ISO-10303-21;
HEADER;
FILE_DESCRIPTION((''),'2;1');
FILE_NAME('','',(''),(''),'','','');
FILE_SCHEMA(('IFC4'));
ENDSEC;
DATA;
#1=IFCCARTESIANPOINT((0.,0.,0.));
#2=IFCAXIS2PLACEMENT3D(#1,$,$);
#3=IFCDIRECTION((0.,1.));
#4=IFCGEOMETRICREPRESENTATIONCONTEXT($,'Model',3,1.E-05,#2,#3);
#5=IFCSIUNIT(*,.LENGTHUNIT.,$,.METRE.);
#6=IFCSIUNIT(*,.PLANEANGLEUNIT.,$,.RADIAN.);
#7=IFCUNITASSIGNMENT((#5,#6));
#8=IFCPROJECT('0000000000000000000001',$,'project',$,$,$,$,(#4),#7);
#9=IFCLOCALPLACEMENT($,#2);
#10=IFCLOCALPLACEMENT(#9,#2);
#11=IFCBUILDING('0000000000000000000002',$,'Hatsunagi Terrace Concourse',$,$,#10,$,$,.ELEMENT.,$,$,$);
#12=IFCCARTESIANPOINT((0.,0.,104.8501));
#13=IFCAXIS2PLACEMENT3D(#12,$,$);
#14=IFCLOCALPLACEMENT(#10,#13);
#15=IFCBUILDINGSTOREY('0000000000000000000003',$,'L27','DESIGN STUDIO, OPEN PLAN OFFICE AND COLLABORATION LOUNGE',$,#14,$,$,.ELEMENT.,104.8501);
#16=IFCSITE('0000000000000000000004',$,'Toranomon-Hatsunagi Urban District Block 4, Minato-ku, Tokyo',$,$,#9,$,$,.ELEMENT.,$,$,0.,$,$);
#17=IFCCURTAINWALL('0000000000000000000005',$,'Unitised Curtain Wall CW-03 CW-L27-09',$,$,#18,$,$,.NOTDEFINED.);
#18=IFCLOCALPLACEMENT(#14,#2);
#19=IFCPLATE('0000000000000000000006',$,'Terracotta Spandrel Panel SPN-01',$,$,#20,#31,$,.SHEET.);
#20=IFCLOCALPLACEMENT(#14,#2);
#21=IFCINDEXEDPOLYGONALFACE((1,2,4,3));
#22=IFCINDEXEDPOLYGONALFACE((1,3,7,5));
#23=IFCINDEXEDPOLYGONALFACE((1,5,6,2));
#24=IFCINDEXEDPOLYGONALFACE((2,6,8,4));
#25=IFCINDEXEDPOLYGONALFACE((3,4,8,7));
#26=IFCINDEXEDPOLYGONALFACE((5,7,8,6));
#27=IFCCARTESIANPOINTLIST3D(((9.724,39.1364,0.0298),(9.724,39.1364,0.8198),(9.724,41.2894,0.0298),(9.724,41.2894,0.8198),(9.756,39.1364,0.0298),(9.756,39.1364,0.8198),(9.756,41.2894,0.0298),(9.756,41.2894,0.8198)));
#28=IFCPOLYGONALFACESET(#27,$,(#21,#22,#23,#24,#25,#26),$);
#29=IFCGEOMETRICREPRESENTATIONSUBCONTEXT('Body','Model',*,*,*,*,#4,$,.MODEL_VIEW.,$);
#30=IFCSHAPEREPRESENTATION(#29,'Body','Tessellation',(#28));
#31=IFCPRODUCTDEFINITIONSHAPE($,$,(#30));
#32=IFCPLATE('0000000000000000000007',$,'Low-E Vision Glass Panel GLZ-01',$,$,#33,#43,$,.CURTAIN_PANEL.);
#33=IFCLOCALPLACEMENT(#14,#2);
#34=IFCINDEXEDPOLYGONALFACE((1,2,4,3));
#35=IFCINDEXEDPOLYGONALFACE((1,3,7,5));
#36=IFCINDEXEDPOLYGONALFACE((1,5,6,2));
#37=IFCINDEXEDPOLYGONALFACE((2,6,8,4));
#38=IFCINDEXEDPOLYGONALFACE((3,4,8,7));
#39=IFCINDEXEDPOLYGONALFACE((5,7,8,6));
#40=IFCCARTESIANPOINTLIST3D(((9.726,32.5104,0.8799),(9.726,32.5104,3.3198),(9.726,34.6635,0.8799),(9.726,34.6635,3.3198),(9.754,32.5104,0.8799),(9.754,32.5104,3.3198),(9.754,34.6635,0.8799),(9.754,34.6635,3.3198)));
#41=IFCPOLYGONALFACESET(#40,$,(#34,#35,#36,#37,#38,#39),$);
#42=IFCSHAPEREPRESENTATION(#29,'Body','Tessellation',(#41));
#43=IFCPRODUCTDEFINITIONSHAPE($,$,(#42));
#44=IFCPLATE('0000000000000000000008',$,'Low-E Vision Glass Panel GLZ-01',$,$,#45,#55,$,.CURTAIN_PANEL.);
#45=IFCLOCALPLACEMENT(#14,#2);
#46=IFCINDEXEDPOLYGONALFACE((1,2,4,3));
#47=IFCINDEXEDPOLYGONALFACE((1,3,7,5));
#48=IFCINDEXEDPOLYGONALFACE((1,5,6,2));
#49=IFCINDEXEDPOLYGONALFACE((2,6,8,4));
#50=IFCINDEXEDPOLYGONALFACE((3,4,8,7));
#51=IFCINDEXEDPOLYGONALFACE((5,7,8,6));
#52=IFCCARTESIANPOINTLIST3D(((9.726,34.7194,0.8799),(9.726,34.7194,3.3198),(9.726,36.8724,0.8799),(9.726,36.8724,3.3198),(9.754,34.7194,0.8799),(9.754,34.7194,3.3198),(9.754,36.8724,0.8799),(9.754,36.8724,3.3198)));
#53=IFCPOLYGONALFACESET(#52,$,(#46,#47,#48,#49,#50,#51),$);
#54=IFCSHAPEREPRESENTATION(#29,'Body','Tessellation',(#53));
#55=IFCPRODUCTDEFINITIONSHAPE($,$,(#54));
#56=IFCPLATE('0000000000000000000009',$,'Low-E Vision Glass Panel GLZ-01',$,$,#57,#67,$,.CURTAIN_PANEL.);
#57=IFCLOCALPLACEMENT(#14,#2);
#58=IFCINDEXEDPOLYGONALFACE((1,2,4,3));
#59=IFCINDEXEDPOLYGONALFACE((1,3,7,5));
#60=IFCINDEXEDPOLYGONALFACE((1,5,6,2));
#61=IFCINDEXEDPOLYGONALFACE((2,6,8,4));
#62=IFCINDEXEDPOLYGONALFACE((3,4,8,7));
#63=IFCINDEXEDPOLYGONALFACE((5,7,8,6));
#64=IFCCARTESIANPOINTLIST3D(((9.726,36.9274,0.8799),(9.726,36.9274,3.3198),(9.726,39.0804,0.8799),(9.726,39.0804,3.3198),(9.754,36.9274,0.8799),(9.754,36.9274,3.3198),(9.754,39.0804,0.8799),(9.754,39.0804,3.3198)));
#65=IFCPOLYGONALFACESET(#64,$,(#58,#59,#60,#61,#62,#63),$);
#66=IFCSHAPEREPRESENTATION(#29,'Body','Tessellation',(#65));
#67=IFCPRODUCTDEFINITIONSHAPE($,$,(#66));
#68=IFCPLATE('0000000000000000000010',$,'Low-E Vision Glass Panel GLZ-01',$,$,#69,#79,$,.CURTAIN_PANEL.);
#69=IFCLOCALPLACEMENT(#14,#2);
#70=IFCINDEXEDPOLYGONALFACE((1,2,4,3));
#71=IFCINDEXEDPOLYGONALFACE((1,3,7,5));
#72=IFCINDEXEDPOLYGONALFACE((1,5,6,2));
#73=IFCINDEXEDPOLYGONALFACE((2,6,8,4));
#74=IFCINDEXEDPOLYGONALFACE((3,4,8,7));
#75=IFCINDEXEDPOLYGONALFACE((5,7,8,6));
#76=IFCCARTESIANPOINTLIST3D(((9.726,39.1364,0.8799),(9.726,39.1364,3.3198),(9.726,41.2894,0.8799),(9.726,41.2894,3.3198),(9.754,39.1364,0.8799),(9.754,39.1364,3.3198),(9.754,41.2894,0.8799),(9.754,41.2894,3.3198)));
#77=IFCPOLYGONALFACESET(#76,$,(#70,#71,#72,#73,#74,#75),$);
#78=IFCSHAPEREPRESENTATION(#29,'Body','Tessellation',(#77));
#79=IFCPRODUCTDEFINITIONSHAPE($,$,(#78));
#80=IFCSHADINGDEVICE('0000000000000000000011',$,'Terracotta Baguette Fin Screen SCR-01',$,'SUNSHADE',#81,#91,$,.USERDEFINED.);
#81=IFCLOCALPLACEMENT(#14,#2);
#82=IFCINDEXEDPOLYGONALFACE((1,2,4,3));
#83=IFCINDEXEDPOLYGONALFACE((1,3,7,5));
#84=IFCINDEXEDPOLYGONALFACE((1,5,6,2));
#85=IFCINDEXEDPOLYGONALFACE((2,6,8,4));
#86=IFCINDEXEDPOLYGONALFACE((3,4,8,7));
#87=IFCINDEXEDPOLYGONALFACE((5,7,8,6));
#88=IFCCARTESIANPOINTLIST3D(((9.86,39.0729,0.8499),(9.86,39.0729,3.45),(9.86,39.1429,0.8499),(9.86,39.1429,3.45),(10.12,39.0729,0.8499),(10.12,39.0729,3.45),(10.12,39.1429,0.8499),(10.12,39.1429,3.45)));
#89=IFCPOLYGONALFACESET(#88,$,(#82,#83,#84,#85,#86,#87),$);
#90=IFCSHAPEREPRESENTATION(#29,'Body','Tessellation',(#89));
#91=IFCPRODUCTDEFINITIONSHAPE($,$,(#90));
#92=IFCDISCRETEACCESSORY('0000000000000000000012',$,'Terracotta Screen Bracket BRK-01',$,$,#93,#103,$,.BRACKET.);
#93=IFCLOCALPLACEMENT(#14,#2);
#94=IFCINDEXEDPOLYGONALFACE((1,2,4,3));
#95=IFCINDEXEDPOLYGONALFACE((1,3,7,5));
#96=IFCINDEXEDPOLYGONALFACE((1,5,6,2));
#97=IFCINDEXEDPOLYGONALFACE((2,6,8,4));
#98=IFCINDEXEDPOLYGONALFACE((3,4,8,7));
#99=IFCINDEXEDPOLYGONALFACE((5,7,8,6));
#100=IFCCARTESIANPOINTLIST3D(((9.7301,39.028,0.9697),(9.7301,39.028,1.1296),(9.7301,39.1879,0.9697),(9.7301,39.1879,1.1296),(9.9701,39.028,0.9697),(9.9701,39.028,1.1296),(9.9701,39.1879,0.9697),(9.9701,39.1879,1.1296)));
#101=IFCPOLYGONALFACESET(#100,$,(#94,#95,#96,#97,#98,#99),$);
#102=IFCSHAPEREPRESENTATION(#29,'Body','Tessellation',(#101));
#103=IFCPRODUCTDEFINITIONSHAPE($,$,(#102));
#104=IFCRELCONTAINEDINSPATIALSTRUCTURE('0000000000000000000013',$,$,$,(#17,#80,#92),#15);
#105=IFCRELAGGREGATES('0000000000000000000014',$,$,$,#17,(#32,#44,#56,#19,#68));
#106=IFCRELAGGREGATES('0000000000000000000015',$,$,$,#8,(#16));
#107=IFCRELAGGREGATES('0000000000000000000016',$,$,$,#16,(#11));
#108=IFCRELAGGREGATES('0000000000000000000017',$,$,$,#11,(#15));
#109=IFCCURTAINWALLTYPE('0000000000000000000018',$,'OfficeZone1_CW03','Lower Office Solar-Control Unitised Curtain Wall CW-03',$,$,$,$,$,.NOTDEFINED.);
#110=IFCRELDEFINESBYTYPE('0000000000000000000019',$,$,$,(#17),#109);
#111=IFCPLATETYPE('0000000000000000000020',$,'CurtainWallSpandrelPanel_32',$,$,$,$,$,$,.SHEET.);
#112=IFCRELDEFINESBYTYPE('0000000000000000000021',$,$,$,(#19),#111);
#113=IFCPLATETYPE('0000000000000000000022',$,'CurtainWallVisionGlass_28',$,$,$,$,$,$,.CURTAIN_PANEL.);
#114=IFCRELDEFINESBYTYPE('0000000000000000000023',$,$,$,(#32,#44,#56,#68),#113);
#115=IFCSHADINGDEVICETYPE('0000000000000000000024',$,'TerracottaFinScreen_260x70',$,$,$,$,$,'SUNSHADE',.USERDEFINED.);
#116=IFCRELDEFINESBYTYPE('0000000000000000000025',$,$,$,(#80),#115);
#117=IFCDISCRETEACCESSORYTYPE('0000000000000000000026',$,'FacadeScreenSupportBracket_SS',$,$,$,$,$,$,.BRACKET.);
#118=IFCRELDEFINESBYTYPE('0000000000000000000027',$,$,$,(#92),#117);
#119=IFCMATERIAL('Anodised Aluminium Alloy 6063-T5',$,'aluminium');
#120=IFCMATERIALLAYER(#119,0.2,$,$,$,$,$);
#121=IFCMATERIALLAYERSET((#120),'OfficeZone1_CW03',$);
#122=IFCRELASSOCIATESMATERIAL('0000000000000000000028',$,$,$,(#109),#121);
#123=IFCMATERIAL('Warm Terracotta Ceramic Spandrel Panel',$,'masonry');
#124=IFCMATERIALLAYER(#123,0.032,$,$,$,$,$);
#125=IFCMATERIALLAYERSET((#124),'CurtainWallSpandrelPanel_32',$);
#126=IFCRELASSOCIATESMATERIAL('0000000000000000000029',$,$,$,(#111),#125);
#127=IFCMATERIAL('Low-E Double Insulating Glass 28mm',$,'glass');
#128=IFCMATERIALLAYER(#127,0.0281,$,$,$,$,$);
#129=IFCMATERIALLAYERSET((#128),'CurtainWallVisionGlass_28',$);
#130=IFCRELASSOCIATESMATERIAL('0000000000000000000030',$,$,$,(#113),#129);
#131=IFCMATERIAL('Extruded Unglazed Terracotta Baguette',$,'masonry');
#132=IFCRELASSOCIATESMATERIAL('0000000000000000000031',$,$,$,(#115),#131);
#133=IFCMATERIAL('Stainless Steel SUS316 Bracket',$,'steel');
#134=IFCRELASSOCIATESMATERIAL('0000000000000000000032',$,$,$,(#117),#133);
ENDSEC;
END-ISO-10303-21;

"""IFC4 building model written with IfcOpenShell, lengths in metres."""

from ifc_helpers import new_model, si_unit, direction, frame, origin, origin_2d, place, context, subcontext, project, spatial, rectangle, extrude, material, layer, layer_set, type_object, element, aggregate, save


model = new_model("IFC4")

# Units and contexts
model_context = context("Model", 3, precision=1e-05, world=origin(), true_north=direction((0.0, 1.0)))
body_context = subcontext(model_context, "Body", "Model", "MODEL_VIEW")
ifc_project = project(units=[si_unit("LENGTHUNIT", "METRE"), si_unit("PLANEANGLEUNIT", "RADIAN")], contexts=[model_context])

# Site, building, storey
site_placement = place(None, origin())
site = spatial("IfcSite", under=ifc_project, at=site_placement, Name="Toranomon-Hatsunagi Urban District Block 4, Minato-ku, Tokyo", CompositionType="ELEMENT", RefElevation=0.0)
building_placement = place(site_placement, origin())
building = spatial("IfcBuilding", under=site, at=building_placement, Name="Hatsunagi Terrace Concourse", CompositionType="ELEMENT")
storey_placement = place(building_placement, frame((0.0, 0.0, 104.8501)))
storey = spatial("IfcBuildingStorey", under=building, at=storey_placement, Name="L27", Description="DESIGN STUDIO, OPEN PLAN OFFICE AND COLLABORATION LOUNGE", CompositionType="ELEMENT", Elevation=104.8501)

# Curtain wall
ifc_material_1 = material(Name="Anodised Aluminium Alloy 6063-T5", Category="aluminium")
ifc_layer_1 = layer(ifc_material_1, 0.2)
ifc_layer_set_1 = layer_set([ifc_layer_1], Name="OfficeZone1_CW03")
curtain_wall_type = type_object("IfcCurtainWallType", Name="OfficeZone1_CW03", Description="Lower Office Solar-Control Unitised Curtain Wall CW-03", PredefinedType="NOTDEFINED", material=ifc_layer_set_1)
curtain_wall_placement = place(storey_placement, origin())
curtain_wall = element("IfcCurtainWall", 1, at=curtain_wall_placement, inside=storey, type_object=curtain_wall_type, Name="Unitised Curtain Wall CW-03 CW-L27-09", PredefinedType="NOTDEFINED")

# Plates
ifc_material_2 = material(Name="Warm Terracotta Ceramic Spandrel Panel", Category="masonry")
ifc_layer_2 = layer(ifc_material_2, 0.032)
ifc_layer_set_2 = layer_set([ifc_layer_2], Name="CurtainWallSpandrelPanel_32")
plate_type_1 = type_object("IfcPlateType", Name="CurtainWallSpandrelPanel_32", PredefinedType="SHEET", material=ifc_layer_set_2)
plate_1_placement = place(storey_placement, frame((9.74, 40.2129, 0.0298), z_axis=(0.0, 0.0, 1.0), x_axis=(0.0, 1.0, 0.0)))
plate_1 = element("IfcPlate", 2, at=plate_1_placement, type_object=plate_type_1, Name="Terracotta Spandrel Panel SPN-01", PredefinedType="SHEET", context=body_context, shape_type="SweptSolid", body=[
    extrude(rectangle(XDim=2.1531, YDim=0.032, at=origin_2d()), origin(), (0.0, 0.0, 1.0), 0.79),
])
ifc_material_3 = material(Name="Low-E Double Insulating Glass 28mm", Category="glass")
ifc_layer_3 = layer(ifc_material_3, 0.0281)
ifc_layer_set_3 = layer_set([ifc_layer_3], Name="CurtainWallVisionGlass_28")
plate_type_2 = type_object("IfcPlateType", Name="CurtainWallVisionGlass_28", PredefinedType="CURTAIN_PANEL", material=ifc_layer_set_3)
plate_2_placement = place(storey_placement, frame((9.74, 33.5869, 0.8799), z_axis=(0.0, 0.0, 1.0), x_axis=(0.0, 1.0, 0.0)))
plate_2 = element("IfcPlate", 3, at=plate_2_placement, type_object=plate_type_2, Name="Low-E Vision Glass Panel GLZ-01", PredefinedType="CURTAIN_PANEL", context=body_context, shape_type="SweptSolid", body=[
    extrude(rectangle(XDim=2.1531, YDim=0.0281, at=origin_2d()), origin(), (0.0, 0.0, 1.0), 2.4399),
])
plate_3_placement = place(storey_placement, frame((9.74, 35.7959, 0.8799), z_axis=(0.0, 0.0, 1.0), x_axis=(0.0, 1.0, 0.0)))
plate_3 = element("IfcPlate", 4, at=plate_3_placement, type_object=plate_type_2, Name="Low-E Vision Glass Panel GLZ-01", PredefinedType="CURTAIN_PANEL", context=body_context, shape_type="SweptSolid", body=[
    extrude(rectangle(XDim=2.1531, YDim=0.0281, at=origin_2d()), origin(), (0.0, 0.0, 1.0), 2.4399),
])
plate_4_placement = place(storey_placement, frame((9.74, 38.0039, 0.8799), z_axis=(0.0, 0.0, 1.0), x_axis=(0.0, 1.0, 0.0)))
plate_4 = element("IfcPlate", 5, at=plate_4_placement, type_object=plate_type_2, Name="Low-E Vision Glass Panel GLZ-01", PredefinedType="CURTAIN_PANEL", context=body_context, shape_type="SweptSolid", body=[
    extrude(rectangle(XDim=2.1531, YDim=0.0281, at=origin_2d()), origin(), (0.0, 0.0, 1.0), 2.4399),
])
plate_5_placement = place(storey_placement, frame((9.74, 40.2129, 0.8799), z_axis=(0.0, 0.0, 1.0), x_axis=(0.0, 1.0, 0.0)))
plate_5 = element("IfcPlate", 6, at=plate_5_placement, type_object=plate_type_2, Name="Low-E Vision Glass Panel GLZ-01", PredefinedType="CURTAIN_PANEL", context=body_context, shape_type="SweptSolid", body=[
    extrude(rectangle(XDim=2.1531, YDim=0.0281, at=origin_2d()), origin(), (0.0, 0.0, 1.0), 2.4399),
])
aggregate(curtain_wall, [plate_2, plate_3, plate_4, plate_1, plate_5])

# Shading device
ifc_material_4 = material(Name="Extruded Unglazed Terracotta Baguette", Category="masonry")
shading_device_type = type_object("IfcShadingDeviceType", Name="TerracottaFinScreen_260x70", ElementType="SUNSHADE", PredefinedType="USERDEFINED", material=ifc_material_4)
shading_device_placement = place(storey_placement, frame((9.99, 39.1079, 0.8499), z_axis=(0.0, 0.0, 1.0), x_axis=(0.0, 1.0, 0.0)))
element("IfcShadingDevice", 7, at=shading_device_placement, inside=storey, type_object=shading_device_type, Name="Terracotta Baguette Fin Screen SCR-01", ObjectType="SUNSHADE", PredefinedType="USERDEFINED", context=body_context, shape_type="SweptSolid", body=[
    extrude(rectangle(XDim=0.0701, YDim=0.26, at=origin_2d()), origin(), (0.0, 0.0, 1.0), 2.6001),
])

# Discrete accessory
ifc_material_5 = material(Name="Stainless Steel SUS316 Bracket", Category="steel")
discrete_accessory_type = type_object("IfcDiscreteAccessoryType", Name="FacadeScreenSupportBracket_SS", PredefinedType="BRACKET", material=ifc_material_5)
discrete_accessory_placement = place(storey_placement, frame((9.8501, 39.1079, 0.9697), z_axis=(0.0, 0.0, 1.0), x_axis=(0.0, 1.0, 0.0)))
element("IfcDiscreteAccessory", 8, at=discrete_accessory_placement, inside=storey, type_object=discrete_accessory_type, Name="Terracotta Screen Bracket BRK-01", PredefinedType="BRACKET", context=body_context, shape_type="SweptSolid", body=[
    extrude(rectangle(XDim=0.1599, YDim=0.24, at=origin_2d()), origin(), (0.0, 0.0, 1.0), 0.1599),
])

save(model, "model.ifc")
